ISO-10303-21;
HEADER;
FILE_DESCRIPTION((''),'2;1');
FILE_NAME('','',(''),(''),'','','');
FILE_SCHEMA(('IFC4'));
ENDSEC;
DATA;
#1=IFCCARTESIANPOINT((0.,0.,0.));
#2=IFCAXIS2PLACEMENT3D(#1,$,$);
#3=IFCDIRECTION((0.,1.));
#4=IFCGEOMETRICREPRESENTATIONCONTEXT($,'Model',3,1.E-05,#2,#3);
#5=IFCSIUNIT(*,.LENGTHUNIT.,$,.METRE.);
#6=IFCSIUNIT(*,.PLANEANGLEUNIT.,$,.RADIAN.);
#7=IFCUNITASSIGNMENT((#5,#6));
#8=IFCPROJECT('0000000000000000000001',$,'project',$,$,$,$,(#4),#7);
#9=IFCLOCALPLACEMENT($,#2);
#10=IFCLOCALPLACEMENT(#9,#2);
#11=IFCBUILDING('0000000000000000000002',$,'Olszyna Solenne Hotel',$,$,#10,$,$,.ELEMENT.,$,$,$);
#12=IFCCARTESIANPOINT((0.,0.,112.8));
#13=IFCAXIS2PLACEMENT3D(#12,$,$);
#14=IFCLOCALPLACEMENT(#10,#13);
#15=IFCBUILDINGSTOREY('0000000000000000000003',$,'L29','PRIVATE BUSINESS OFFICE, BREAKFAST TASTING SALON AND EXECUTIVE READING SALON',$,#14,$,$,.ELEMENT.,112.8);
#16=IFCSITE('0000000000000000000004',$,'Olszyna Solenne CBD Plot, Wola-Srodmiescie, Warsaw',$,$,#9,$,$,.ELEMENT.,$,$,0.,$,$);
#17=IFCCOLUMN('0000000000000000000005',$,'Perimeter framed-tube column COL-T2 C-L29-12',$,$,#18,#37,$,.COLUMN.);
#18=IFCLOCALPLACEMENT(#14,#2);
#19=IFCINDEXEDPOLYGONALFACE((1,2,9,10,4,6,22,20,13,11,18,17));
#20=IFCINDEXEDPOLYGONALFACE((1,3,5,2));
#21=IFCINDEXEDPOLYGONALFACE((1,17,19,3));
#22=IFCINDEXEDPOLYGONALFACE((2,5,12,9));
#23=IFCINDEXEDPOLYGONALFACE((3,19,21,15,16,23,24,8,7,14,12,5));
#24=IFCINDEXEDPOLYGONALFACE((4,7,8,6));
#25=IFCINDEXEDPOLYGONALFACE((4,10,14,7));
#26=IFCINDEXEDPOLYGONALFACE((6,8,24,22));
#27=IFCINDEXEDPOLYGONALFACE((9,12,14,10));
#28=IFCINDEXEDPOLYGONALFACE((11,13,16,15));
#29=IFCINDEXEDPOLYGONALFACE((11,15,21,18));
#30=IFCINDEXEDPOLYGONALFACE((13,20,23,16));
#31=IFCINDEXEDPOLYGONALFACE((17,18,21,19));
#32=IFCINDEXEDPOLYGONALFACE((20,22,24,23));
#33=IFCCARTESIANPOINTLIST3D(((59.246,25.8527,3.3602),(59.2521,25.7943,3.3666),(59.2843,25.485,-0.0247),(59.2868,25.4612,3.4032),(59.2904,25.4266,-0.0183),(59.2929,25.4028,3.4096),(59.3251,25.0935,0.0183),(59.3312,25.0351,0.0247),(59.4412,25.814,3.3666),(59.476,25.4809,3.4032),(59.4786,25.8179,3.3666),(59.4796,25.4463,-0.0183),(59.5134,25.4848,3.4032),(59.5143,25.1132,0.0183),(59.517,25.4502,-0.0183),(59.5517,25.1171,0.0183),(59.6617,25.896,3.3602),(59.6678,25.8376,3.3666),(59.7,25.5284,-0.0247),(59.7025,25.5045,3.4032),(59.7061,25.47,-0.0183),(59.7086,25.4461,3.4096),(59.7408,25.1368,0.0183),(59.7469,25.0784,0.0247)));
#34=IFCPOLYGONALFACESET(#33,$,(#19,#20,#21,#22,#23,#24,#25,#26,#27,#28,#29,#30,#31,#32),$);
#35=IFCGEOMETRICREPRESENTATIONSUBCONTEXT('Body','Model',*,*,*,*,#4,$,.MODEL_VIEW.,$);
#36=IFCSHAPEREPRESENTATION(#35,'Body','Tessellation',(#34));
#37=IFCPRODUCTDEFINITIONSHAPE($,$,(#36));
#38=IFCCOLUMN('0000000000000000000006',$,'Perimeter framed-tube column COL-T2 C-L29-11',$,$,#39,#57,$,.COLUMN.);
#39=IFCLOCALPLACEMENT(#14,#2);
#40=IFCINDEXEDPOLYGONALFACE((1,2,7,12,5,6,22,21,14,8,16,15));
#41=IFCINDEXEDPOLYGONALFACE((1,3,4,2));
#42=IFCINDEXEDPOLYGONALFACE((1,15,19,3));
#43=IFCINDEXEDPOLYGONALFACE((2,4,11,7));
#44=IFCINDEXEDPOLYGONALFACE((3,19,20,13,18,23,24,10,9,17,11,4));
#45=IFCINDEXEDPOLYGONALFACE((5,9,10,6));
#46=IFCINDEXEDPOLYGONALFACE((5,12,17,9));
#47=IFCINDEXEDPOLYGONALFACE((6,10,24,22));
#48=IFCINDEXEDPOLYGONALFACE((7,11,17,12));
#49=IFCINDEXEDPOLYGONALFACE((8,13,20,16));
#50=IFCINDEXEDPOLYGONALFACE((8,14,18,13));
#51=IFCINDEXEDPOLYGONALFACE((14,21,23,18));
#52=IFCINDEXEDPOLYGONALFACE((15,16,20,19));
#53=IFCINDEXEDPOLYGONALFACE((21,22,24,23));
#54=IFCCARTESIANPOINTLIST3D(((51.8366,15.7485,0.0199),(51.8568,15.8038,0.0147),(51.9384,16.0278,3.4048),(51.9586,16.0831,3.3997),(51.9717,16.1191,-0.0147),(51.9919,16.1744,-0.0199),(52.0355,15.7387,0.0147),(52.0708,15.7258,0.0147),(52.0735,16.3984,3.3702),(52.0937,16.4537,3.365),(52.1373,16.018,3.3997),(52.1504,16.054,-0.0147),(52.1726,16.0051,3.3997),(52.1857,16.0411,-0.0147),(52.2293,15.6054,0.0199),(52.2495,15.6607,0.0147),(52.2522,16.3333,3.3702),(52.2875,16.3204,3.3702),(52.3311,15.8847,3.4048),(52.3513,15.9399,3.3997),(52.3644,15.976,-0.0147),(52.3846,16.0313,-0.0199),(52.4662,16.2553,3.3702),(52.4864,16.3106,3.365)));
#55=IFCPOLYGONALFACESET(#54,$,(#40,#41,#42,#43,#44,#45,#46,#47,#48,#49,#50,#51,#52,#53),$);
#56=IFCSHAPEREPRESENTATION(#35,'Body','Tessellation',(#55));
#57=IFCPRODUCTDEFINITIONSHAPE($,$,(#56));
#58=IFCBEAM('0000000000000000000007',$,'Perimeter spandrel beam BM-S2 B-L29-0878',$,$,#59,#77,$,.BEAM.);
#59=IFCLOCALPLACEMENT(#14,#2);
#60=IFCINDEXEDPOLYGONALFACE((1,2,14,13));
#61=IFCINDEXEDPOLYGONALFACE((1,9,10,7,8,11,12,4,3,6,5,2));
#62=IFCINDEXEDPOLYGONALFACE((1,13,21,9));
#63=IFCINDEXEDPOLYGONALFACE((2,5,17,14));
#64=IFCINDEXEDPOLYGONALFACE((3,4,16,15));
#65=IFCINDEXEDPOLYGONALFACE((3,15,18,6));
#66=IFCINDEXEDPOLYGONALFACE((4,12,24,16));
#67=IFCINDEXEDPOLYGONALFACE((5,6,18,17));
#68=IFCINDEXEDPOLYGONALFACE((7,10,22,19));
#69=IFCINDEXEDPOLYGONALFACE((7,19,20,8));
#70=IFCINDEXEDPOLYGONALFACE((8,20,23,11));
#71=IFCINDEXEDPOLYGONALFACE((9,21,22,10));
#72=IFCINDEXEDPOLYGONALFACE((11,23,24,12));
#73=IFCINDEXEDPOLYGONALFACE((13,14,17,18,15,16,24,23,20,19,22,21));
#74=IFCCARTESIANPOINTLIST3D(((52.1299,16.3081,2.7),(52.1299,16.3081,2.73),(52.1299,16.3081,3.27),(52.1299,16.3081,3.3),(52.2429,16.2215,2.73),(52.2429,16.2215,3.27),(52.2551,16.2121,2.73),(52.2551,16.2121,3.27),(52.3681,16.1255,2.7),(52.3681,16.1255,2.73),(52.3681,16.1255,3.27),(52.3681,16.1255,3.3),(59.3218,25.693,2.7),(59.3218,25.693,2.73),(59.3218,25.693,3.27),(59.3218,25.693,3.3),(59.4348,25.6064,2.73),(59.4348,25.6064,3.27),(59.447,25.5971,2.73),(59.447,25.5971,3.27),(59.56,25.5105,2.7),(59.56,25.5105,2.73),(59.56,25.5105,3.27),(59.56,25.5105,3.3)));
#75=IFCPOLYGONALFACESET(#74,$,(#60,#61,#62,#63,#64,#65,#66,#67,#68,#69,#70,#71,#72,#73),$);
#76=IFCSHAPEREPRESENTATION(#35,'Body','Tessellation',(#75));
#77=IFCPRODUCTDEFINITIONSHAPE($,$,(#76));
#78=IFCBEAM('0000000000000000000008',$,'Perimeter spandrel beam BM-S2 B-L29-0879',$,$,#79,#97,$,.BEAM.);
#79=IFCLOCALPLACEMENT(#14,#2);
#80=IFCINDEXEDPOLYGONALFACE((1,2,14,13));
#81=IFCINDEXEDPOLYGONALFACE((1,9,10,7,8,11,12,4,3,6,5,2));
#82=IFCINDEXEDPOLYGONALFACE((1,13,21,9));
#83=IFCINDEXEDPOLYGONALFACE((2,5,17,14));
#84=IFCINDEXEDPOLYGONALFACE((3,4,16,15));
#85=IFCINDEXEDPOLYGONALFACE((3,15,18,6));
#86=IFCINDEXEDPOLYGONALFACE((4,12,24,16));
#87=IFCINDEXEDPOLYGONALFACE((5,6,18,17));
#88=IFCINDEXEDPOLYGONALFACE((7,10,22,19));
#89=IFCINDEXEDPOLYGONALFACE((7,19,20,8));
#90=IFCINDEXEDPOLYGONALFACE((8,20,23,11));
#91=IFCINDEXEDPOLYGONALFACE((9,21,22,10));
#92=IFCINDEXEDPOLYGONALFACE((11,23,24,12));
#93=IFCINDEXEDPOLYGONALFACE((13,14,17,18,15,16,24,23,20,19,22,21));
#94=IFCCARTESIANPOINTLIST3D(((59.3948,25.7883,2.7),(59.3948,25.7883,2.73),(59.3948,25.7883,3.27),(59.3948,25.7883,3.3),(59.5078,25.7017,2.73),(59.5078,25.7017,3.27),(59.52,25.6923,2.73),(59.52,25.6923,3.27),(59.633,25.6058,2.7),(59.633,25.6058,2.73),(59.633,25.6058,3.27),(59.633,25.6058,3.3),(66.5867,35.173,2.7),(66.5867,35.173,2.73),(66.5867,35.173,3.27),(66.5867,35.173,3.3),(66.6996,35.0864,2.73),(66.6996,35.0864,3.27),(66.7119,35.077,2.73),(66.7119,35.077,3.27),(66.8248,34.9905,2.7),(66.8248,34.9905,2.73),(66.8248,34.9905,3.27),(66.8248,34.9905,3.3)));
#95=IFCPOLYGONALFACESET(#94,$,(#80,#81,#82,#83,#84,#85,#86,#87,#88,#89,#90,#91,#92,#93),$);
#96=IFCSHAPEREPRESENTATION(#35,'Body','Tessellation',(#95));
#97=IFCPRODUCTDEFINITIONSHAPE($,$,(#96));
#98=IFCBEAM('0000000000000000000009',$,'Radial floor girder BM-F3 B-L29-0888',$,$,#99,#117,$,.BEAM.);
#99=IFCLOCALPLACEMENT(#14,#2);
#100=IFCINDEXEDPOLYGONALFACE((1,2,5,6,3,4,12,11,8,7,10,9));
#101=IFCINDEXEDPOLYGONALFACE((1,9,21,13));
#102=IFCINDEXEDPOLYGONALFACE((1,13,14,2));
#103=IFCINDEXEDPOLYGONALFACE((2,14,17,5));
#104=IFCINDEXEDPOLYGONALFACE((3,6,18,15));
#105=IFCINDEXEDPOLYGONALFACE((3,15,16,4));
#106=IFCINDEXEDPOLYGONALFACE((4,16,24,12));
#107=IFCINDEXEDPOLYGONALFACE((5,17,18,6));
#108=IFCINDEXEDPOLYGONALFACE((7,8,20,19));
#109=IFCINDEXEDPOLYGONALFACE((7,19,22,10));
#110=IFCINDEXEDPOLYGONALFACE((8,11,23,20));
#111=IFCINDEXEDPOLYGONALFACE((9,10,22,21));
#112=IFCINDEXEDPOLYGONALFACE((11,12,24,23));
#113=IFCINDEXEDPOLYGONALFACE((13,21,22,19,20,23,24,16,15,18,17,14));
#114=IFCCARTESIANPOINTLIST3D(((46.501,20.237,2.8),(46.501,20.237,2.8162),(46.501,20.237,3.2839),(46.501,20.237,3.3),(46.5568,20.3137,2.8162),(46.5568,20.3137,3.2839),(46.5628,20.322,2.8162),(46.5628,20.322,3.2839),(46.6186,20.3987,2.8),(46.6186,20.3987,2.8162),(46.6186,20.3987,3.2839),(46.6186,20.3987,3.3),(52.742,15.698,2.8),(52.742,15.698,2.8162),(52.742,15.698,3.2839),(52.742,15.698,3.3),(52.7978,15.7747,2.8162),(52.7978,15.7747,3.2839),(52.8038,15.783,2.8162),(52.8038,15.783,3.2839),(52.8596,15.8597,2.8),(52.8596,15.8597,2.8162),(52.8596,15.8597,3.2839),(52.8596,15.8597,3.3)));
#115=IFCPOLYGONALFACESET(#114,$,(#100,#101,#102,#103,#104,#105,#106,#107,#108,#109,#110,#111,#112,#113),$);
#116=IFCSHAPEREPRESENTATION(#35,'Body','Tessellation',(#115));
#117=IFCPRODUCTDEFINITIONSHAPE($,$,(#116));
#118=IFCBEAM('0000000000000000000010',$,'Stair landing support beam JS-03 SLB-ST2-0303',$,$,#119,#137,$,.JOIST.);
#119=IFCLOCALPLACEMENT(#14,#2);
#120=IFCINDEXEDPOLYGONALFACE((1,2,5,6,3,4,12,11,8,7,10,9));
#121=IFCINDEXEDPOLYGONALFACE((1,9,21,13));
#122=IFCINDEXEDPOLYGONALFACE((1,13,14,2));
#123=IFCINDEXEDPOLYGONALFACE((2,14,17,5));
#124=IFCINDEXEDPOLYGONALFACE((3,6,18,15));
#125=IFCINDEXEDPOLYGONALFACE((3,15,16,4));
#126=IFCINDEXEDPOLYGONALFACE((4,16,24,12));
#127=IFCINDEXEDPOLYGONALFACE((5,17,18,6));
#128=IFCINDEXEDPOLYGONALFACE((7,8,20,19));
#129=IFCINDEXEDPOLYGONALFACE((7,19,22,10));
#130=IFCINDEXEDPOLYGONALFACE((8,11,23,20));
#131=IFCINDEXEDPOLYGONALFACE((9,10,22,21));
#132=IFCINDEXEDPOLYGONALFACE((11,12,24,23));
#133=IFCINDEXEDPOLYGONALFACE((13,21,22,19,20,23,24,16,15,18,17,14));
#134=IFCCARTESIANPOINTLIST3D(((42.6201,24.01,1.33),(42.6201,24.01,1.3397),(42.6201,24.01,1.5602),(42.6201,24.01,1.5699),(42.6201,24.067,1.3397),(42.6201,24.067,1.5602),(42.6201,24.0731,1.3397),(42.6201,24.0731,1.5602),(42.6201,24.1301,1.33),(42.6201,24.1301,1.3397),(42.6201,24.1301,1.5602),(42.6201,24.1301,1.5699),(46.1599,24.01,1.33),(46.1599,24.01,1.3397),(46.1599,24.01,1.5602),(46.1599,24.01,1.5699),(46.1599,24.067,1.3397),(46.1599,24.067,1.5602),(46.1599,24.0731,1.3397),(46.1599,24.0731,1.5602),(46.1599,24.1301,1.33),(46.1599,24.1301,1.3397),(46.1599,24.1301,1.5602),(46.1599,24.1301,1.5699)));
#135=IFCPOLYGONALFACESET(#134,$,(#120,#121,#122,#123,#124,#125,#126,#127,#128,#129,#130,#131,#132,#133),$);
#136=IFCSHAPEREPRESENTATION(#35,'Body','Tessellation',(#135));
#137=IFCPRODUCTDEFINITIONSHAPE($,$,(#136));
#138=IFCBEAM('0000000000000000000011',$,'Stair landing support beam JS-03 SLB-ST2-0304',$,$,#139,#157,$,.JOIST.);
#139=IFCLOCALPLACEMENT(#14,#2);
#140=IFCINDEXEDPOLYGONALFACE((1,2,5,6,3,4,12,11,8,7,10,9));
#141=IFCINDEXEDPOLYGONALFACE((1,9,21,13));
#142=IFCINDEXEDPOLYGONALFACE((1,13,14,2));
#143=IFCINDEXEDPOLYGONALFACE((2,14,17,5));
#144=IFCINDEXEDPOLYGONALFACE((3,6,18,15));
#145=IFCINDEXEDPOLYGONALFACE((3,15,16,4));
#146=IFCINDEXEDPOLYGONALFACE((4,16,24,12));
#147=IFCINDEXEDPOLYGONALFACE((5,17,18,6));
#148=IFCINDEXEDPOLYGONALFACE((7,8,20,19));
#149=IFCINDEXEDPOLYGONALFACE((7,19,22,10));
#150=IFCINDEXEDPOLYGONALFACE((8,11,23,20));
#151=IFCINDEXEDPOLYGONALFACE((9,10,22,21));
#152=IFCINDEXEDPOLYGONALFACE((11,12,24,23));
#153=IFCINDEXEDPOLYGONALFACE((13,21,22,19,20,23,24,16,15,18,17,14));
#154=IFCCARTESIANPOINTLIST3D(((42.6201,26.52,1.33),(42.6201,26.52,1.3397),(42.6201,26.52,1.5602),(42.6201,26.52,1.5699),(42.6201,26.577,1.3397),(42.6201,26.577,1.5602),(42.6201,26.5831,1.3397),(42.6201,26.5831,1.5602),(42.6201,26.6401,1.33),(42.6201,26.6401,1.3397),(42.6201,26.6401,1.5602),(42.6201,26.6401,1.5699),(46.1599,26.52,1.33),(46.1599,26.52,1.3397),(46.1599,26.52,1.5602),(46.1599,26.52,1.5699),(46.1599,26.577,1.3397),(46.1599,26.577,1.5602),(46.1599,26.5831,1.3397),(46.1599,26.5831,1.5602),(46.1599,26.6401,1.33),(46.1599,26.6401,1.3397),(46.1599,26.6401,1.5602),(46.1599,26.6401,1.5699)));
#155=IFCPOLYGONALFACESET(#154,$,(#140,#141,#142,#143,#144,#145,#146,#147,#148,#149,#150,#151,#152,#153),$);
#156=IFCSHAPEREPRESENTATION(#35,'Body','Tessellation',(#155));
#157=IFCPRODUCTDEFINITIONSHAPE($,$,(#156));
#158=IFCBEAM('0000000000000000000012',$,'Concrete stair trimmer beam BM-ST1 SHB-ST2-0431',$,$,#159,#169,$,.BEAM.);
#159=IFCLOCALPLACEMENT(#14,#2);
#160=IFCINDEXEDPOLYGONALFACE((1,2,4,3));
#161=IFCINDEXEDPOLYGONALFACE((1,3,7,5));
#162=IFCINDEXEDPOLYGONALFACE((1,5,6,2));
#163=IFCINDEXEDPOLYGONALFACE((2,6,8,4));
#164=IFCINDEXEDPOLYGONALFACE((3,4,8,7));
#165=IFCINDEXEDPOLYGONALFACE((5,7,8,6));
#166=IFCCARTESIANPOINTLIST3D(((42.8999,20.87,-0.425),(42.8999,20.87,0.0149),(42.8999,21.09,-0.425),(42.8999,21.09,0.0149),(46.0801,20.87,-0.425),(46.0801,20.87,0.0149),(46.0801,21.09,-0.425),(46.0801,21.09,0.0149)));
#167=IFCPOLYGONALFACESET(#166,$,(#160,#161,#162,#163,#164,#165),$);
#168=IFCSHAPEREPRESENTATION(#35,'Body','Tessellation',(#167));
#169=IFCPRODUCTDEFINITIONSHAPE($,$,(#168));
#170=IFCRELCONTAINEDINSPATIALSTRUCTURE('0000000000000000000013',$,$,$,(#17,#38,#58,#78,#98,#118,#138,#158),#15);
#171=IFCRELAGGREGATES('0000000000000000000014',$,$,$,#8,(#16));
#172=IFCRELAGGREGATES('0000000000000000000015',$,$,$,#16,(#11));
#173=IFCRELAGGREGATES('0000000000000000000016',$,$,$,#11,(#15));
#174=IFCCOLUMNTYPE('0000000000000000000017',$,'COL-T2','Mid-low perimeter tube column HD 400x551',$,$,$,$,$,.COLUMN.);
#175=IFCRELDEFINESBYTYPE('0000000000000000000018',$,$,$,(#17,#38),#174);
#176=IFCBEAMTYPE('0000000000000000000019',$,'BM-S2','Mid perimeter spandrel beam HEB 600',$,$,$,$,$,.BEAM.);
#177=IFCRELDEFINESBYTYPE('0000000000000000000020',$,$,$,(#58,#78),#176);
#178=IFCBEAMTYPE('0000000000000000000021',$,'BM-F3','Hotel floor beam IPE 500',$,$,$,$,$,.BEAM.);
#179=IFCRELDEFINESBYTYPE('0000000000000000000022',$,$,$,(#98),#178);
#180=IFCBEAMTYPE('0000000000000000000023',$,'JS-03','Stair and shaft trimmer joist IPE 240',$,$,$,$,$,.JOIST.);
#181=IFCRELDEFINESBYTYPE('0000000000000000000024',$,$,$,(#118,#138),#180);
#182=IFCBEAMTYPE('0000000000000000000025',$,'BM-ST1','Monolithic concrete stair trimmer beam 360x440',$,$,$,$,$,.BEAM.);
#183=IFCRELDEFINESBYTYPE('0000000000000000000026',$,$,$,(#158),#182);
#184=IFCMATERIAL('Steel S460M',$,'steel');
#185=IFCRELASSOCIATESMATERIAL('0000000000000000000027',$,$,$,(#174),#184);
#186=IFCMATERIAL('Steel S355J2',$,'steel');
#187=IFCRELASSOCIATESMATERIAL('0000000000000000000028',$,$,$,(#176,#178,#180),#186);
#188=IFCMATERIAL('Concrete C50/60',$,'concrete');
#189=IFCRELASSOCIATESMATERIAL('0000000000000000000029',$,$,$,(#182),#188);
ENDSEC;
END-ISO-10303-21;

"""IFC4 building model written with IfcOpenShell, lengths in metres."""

from ifc_helpers import new_model, si_unit, direction, frame, origin, origin_2d, place, context, subcontext, project, spatial, rectangle, i_section, extrude, source, transform, mapped, material, material_profile, profile_set, type_object, element, save


model = new_model("IFC4")

# Units and contexts
model_context = context("Model", 3, precision=1e-05, world=origin(), true_north=direction((0.0, 1.0)))
body_context = subcontext(model_context, "Body", "Model", "MODEL_VIEW")
ifc_project = project(units=[si_unit("LENGTHUNIT", "METRE"), si_unit("PLANEANGLEUNIT", "RADIAN")], contexts=[model_context])

# Site, building, storey
site_placement = place(None, origin())
site = spatial("IfcSite", under=ifc_project, at=site_placement, Name="Olszyna Solenne CBD Plot, Wola-Srodmiescie, Warsaw", CompositionType="ELEMENT", RefElevation=0.0)
building_placement = place(site_placement, origin())
building = spatial("IfcBuilding", under=site, at=building_placement, Name="Olszyna Solenne Hotel", CompositionType="ELEMENT")
storey_placement = place(building_placement, frame((0.0, 0.0, 112.8)))
storey = spatial("IfcBuildingStorey", under=building, at=storey_placement, Name="L29", Description="PRIVATE BUSINESS OFFICE, BREAKFAST TASTING SALON AND EXECUTIVE READING SALON", CompositionType="ELEMENT", Elevation=112.8)

# Columns
ifc_material_1 = material(Name="Steel S460M", Category="steel")
ifc_material_profile_1 = material_profile(ifc_material_1, i_section(OverallWidth=0.418, OverallDepth=0.4551, WebThickness=0.0376, FlangeThickness=0.0591, at=origin_2d()), Name="HD 400x551", Category="load-bearing")
ifc_profile_set_1 = profile_set([ifc_material_profile_1], Name="Steel S460M")
column_type = type_object("IfcColumnType", Name="COL-T2", Description="Mid-low perimeter tube column HD 400x551", PredefinedType="COLUMN", material=ifc_profile_set_1)
shared_shape_1 = source(origin(), body_context, "Body", "SweptSolid", [
    extrude(i_section(OverallWidth=0.418, OverallDepth=0.4551, WebThickness=0.0376, FlangeThickness=0.0591, at=origin_2d()), origin(), (0.0, 0.0, 1.0), 3.405),
])
column_1_placement = place(storey_placement, frame((59.5156, 25.2817, 0.0), z_axis=(-0.011257, 0.107977, 0.99409), x_axis=(-0.99461, -0.103688, 0.0)))
element("IfcColumn", 1, at=column_1_placement, inside=storey, type_object=column_type, Name="Perimeter framed-tube column COL-T2 C-L29-12", PredefinedType="COLUMN", context=body_context, shape_type="MappedRepresentation", body=[
    mapped(shared_shape_1, transform((0.0, 0.0, 0.0), x_axis=(1.0, 0.0, 0.0), y_axis=(0.0, 1.0, 0.0), z_axis=(0.0, 0.0, 1.0), scale=1.0)),
])
shared_shape_2 = source(origin(), body_context, "Body", "SweptSolid", [
    extrude(i_section(OverallWidth=0.418, OverallDepth=0.4551, WebThickness=0.0376, FlangeThickness=0.0591, at=origin_2d()), origin(), (0.0, 0.0, 1.0), 3.3979),
])
column_2_placement = place(storey_placement, frame((52.1106, 15.8899, 0.0), z_axis=(0.02996, 0.082194, 0.996166), x_axis=(-0.939529, 0.342468, 0.0)))
element("IfcColumn", 2, at=column_2_placement, inside=storey, type_object=column_type, Name="Perimeter framed-tube column COL-T2 C-L29-11", PredefinedType="COLUMN", context=body_context, shape_type="MappedRepresentation", body=[
    mapped(shared_shape_2, transform((0.0, 0.0, 0.0), x_axis=(1.0, 0.0, 0.0), y_axis=(0.0, 1.0, 0.0), z_axis=(0.0, 0.0, 1.0), scale=1.0)),
])

# Beams
ifc_material_2 = material(Name="Steel S355J2", Category="steel")
ifc_material_profile_2 = material_profile(ifc_material_2, i_section(OverallWidth=0.3, OverallDepth=0.6001, WebThickness=0.0154, FlangeThickness=0.03, at=origin_2d()), Name="HEB 600", Category="load-bearing")
ifc_profile_set_2 = profile_set([ifc_material_profile_2], Name="Steel S355J2")
beam_type_1 = type_object("IfcBeamType", Name="BM-S2", Description="Mid perimeter spandrel beam HEB 600", PredefinedType="BEAM", material=ifc_profile_set_2)
shared_shape_3 = source(origin(), body_context, "Body", "SweptSolid", [
    extrude(i_section(OverallWidth=0.3, OverallDepth=0.6001, WebThickness=0.0154, FlangeThickness=0.03, at=origin_2d()), origin(), (0.0, 0.0, 1.0), 11.8237),
])
beam_1_placement = place(storey_placement, frame((52.249, 16.2168, 3.0), z_axis=(0.608257, 0.79374, 0.0), x_axis=(-0.79374, 0.608257, 0.0)))
element("IfcBeam", 3, at=beam_1_placement, inside=storey, type_object=beam_type_1, Name="Perimeter spandrel beam BM-S2 B-L29-0878", PredefinedType="BEAM", context=body_context, shape_type="MappedRepresentation", body=[
    mapped(shared_shape_3, transform((0.0, 0.0, 0.0), x_axis=(1.0, 0.0, 0.0), y_axis=(0.0, 1.0, 0.0), z_axis=(0.0, 0.0, 1.0), scale=1.0)),
])
shared_shape_4 = source(origin(), body_context, "Body", "SweptSolid", [
    extrude(i_section(OverallWidth=0.3, OverallDepth=0.6001, WebThickness=0.0154, FlangeThickness=0.03, at=origin_2d()), origin(), (0.0, 0.0, 1.0), 11.8235),
])
beam_2_placement = place(storey_placement, frame((59.5139, 25.697, 3.0), z_axis=(0.608267, 0.793733, 0.0), x_axis=(-0.793733, 0.608267, 0.0)))
element("IfcBeam", 4, at=beam_2_placement, inside=storey, type_object=beam_type_1, Name="Perimeter spandrel beam BM-S2 B-L29-0879", PredefinedType="BEAM", context=body_context, shape_type="MappedRepresentation", body=[
    mapped(shared_shape_4, transform((0.0, 0.0, 0.0), x_axis=(1.0, 0.0, 0.0), y_axis=(0.0, 1.0, 0.0), z_axis=(0.0, 0.0, 1.0), scale=1.0)),
])
ifc_material_profile_3 = material_profile(ifc_material_2, i_section(OverallWidth=0.2, OverallDepth=0.5, WebThickness=0.0103, FlangeThickness=0.0161, at=origin_2d()), Name="IPE 500", Category="load-bearing")
ifc_profile_set_3 = profile_set([ifc_material_profile_3], Name="Steel S355J2")
beam_type_2 = type_object("IfcBeamType", Name="BM-F3", Description="Hotel floor beam IPE 500", PredefinedType="BEAM", material=ifc_profile_set_3)
shared_shape_5 = source(origin(), body_context, "Body", "SweptSolid", [
    extrude(i_section(OverallWidth=0.2, OverallDepth=0.5, WebThickness=0.0103, FlangeThickness=0.0161, at=origin_2d()), origin(), (0.0, 0.0, 1.0), 7.717),
])
beam_3_placement = place(storey_placement, frame((52.8008, 15.7788, 3.05), z_axis=(-0.808725, 0.588187, 0.0), x_axis=(-0.588187, -0.808725, 0.0)))
element("IfcBeam", 5, at=beam_3_placement, inside=storey, type_object=beam_type_2, Name="Radial floor girder BM-F3 B-L29-0888", PredefinedType="BEAM", context=body_context, shape_type="MappedRepresentation", body=[
    mapped(shared_shape_5, transform((0.0, 0.0, 0.0), x_axis=(1.0, 0.0, 0.0), y_axis=(0.0, 1.0, 0.0), z_axis=(0.0, 0.0, 1.0), scale=1.0)),
])
ifc_material_profile_4 = material_profile(ifc_material_2, i_section(OverallWidth=0.1201, OverallDepth=0.24, WebThickness=0.0061, FlangeThickness=0.0098, at=origin_2d()), Name="IPE 240", Category="load-bearing")
ifc_profile_set_4 = profile_set([ifc_material_profile_4], Name="Steel S355J2")
beam_type_3 = type_object("IfcBeamType", Name="JS-03", Description="Stair and shaft trimmer joist IPE 240", PredefinedType="JOIST", material=ifc_profile_set_4)
shared_shape_6 = source(origin(), body_context, "Body", "SweptSolid", [
    extrude(i_section(OverallWidth=0.1201, OverallDepth=0.24, WebThickness=0.0061, FlangeThickness=0.0098, at=origin_2d()), origin(), (0.0, 0.0, 1.0), 3.5398),
])
for number, where, z_axis, x_axis, name in (
    (6, (46.1599, 24.0701, 1.45), (-1.0, 0.0, 0.0), (0.0, -1.0, 0.0), "Stair landing support beam JS-03 SLB-ST2-0303"),
    (7, (46.1599, 26.5801, 1.45), (-1.0, 0.0, 0.0), (0.0, -1.0, 0.0), "Stair landing support beam JS-03 SLB-ST2-0304"),
):
    element("IfcBeam", number, at=place(storey_placement, frame(where, z_axis=z_axis, x_axis=x_axis)), inside=storey, type_object=beam_type_3, Name=name, PredefinedType="JOIST", context=body_context, shape_type="MappedRepresentation", body=[
        mapped(shared_shape_6, transform((0.0, 0.0, 0.0), x_axis=(1.0, 0.0, 0.0), y_axis=(0.0, 1.0, 0.0), z_axis=(0.0, 0.0, 1.0), scale=1.0)),
    ])
ifc_material_3 = material(Name="Concrete C50/60", Category="concrete")
ifc_material_profile_5 = material_profile(ifc_material_3, rectangle(XDim=0.22, YDim=0.4399, at=origin_2d()), Name="RC 220x440", Category="load-bearing")
ifc_profile_set_5 = profile_set([ifc_material_profile_5], Name="Concrete C50/60")
beam_type_4 = type_object("IfcBeamType", Name="BM-ST1", Description="Monolithic concrete stair trimmer beam 360x440", PredefinedType="BEAM", material=ifc_profile_set_5)
shared_shape_7 = source(origin(), body_context, "Body", "SweptSolid", [
    extrude(rectangle(XDim=0.22, YDim=0.4399, at=origin_2d()), origin(), (0.0, 0.0, 1.0), 3.1802),
])
beam_4_placement = place(storey_placement, frame((46.0801, 20.98, -0.2051), z_axis=(-1.0, 0.0, 0.0), x_axis=(0.0, -1.0, 0.0)))
element("IfcBeam", 8, at=beam_4_placement, inside=storey, type_object=beam_type_4, Name="Concrete stair trimmer beam BM-ST1 SHB-ST2-0431", PredefinedType="BEAM", context=body_context, shape_type="MappedRepresentation", body=[
    mapped(shared_shape_7, transform((0.0, 0.0, 0.0), x_axis=(1.0, 0.0, 0.0), y_axis=(0.0, 1.0, 0.0), z_axis=(0.0, 0.0, 1.0), scale=1.0)),
])

save(model, "model.ifc")
